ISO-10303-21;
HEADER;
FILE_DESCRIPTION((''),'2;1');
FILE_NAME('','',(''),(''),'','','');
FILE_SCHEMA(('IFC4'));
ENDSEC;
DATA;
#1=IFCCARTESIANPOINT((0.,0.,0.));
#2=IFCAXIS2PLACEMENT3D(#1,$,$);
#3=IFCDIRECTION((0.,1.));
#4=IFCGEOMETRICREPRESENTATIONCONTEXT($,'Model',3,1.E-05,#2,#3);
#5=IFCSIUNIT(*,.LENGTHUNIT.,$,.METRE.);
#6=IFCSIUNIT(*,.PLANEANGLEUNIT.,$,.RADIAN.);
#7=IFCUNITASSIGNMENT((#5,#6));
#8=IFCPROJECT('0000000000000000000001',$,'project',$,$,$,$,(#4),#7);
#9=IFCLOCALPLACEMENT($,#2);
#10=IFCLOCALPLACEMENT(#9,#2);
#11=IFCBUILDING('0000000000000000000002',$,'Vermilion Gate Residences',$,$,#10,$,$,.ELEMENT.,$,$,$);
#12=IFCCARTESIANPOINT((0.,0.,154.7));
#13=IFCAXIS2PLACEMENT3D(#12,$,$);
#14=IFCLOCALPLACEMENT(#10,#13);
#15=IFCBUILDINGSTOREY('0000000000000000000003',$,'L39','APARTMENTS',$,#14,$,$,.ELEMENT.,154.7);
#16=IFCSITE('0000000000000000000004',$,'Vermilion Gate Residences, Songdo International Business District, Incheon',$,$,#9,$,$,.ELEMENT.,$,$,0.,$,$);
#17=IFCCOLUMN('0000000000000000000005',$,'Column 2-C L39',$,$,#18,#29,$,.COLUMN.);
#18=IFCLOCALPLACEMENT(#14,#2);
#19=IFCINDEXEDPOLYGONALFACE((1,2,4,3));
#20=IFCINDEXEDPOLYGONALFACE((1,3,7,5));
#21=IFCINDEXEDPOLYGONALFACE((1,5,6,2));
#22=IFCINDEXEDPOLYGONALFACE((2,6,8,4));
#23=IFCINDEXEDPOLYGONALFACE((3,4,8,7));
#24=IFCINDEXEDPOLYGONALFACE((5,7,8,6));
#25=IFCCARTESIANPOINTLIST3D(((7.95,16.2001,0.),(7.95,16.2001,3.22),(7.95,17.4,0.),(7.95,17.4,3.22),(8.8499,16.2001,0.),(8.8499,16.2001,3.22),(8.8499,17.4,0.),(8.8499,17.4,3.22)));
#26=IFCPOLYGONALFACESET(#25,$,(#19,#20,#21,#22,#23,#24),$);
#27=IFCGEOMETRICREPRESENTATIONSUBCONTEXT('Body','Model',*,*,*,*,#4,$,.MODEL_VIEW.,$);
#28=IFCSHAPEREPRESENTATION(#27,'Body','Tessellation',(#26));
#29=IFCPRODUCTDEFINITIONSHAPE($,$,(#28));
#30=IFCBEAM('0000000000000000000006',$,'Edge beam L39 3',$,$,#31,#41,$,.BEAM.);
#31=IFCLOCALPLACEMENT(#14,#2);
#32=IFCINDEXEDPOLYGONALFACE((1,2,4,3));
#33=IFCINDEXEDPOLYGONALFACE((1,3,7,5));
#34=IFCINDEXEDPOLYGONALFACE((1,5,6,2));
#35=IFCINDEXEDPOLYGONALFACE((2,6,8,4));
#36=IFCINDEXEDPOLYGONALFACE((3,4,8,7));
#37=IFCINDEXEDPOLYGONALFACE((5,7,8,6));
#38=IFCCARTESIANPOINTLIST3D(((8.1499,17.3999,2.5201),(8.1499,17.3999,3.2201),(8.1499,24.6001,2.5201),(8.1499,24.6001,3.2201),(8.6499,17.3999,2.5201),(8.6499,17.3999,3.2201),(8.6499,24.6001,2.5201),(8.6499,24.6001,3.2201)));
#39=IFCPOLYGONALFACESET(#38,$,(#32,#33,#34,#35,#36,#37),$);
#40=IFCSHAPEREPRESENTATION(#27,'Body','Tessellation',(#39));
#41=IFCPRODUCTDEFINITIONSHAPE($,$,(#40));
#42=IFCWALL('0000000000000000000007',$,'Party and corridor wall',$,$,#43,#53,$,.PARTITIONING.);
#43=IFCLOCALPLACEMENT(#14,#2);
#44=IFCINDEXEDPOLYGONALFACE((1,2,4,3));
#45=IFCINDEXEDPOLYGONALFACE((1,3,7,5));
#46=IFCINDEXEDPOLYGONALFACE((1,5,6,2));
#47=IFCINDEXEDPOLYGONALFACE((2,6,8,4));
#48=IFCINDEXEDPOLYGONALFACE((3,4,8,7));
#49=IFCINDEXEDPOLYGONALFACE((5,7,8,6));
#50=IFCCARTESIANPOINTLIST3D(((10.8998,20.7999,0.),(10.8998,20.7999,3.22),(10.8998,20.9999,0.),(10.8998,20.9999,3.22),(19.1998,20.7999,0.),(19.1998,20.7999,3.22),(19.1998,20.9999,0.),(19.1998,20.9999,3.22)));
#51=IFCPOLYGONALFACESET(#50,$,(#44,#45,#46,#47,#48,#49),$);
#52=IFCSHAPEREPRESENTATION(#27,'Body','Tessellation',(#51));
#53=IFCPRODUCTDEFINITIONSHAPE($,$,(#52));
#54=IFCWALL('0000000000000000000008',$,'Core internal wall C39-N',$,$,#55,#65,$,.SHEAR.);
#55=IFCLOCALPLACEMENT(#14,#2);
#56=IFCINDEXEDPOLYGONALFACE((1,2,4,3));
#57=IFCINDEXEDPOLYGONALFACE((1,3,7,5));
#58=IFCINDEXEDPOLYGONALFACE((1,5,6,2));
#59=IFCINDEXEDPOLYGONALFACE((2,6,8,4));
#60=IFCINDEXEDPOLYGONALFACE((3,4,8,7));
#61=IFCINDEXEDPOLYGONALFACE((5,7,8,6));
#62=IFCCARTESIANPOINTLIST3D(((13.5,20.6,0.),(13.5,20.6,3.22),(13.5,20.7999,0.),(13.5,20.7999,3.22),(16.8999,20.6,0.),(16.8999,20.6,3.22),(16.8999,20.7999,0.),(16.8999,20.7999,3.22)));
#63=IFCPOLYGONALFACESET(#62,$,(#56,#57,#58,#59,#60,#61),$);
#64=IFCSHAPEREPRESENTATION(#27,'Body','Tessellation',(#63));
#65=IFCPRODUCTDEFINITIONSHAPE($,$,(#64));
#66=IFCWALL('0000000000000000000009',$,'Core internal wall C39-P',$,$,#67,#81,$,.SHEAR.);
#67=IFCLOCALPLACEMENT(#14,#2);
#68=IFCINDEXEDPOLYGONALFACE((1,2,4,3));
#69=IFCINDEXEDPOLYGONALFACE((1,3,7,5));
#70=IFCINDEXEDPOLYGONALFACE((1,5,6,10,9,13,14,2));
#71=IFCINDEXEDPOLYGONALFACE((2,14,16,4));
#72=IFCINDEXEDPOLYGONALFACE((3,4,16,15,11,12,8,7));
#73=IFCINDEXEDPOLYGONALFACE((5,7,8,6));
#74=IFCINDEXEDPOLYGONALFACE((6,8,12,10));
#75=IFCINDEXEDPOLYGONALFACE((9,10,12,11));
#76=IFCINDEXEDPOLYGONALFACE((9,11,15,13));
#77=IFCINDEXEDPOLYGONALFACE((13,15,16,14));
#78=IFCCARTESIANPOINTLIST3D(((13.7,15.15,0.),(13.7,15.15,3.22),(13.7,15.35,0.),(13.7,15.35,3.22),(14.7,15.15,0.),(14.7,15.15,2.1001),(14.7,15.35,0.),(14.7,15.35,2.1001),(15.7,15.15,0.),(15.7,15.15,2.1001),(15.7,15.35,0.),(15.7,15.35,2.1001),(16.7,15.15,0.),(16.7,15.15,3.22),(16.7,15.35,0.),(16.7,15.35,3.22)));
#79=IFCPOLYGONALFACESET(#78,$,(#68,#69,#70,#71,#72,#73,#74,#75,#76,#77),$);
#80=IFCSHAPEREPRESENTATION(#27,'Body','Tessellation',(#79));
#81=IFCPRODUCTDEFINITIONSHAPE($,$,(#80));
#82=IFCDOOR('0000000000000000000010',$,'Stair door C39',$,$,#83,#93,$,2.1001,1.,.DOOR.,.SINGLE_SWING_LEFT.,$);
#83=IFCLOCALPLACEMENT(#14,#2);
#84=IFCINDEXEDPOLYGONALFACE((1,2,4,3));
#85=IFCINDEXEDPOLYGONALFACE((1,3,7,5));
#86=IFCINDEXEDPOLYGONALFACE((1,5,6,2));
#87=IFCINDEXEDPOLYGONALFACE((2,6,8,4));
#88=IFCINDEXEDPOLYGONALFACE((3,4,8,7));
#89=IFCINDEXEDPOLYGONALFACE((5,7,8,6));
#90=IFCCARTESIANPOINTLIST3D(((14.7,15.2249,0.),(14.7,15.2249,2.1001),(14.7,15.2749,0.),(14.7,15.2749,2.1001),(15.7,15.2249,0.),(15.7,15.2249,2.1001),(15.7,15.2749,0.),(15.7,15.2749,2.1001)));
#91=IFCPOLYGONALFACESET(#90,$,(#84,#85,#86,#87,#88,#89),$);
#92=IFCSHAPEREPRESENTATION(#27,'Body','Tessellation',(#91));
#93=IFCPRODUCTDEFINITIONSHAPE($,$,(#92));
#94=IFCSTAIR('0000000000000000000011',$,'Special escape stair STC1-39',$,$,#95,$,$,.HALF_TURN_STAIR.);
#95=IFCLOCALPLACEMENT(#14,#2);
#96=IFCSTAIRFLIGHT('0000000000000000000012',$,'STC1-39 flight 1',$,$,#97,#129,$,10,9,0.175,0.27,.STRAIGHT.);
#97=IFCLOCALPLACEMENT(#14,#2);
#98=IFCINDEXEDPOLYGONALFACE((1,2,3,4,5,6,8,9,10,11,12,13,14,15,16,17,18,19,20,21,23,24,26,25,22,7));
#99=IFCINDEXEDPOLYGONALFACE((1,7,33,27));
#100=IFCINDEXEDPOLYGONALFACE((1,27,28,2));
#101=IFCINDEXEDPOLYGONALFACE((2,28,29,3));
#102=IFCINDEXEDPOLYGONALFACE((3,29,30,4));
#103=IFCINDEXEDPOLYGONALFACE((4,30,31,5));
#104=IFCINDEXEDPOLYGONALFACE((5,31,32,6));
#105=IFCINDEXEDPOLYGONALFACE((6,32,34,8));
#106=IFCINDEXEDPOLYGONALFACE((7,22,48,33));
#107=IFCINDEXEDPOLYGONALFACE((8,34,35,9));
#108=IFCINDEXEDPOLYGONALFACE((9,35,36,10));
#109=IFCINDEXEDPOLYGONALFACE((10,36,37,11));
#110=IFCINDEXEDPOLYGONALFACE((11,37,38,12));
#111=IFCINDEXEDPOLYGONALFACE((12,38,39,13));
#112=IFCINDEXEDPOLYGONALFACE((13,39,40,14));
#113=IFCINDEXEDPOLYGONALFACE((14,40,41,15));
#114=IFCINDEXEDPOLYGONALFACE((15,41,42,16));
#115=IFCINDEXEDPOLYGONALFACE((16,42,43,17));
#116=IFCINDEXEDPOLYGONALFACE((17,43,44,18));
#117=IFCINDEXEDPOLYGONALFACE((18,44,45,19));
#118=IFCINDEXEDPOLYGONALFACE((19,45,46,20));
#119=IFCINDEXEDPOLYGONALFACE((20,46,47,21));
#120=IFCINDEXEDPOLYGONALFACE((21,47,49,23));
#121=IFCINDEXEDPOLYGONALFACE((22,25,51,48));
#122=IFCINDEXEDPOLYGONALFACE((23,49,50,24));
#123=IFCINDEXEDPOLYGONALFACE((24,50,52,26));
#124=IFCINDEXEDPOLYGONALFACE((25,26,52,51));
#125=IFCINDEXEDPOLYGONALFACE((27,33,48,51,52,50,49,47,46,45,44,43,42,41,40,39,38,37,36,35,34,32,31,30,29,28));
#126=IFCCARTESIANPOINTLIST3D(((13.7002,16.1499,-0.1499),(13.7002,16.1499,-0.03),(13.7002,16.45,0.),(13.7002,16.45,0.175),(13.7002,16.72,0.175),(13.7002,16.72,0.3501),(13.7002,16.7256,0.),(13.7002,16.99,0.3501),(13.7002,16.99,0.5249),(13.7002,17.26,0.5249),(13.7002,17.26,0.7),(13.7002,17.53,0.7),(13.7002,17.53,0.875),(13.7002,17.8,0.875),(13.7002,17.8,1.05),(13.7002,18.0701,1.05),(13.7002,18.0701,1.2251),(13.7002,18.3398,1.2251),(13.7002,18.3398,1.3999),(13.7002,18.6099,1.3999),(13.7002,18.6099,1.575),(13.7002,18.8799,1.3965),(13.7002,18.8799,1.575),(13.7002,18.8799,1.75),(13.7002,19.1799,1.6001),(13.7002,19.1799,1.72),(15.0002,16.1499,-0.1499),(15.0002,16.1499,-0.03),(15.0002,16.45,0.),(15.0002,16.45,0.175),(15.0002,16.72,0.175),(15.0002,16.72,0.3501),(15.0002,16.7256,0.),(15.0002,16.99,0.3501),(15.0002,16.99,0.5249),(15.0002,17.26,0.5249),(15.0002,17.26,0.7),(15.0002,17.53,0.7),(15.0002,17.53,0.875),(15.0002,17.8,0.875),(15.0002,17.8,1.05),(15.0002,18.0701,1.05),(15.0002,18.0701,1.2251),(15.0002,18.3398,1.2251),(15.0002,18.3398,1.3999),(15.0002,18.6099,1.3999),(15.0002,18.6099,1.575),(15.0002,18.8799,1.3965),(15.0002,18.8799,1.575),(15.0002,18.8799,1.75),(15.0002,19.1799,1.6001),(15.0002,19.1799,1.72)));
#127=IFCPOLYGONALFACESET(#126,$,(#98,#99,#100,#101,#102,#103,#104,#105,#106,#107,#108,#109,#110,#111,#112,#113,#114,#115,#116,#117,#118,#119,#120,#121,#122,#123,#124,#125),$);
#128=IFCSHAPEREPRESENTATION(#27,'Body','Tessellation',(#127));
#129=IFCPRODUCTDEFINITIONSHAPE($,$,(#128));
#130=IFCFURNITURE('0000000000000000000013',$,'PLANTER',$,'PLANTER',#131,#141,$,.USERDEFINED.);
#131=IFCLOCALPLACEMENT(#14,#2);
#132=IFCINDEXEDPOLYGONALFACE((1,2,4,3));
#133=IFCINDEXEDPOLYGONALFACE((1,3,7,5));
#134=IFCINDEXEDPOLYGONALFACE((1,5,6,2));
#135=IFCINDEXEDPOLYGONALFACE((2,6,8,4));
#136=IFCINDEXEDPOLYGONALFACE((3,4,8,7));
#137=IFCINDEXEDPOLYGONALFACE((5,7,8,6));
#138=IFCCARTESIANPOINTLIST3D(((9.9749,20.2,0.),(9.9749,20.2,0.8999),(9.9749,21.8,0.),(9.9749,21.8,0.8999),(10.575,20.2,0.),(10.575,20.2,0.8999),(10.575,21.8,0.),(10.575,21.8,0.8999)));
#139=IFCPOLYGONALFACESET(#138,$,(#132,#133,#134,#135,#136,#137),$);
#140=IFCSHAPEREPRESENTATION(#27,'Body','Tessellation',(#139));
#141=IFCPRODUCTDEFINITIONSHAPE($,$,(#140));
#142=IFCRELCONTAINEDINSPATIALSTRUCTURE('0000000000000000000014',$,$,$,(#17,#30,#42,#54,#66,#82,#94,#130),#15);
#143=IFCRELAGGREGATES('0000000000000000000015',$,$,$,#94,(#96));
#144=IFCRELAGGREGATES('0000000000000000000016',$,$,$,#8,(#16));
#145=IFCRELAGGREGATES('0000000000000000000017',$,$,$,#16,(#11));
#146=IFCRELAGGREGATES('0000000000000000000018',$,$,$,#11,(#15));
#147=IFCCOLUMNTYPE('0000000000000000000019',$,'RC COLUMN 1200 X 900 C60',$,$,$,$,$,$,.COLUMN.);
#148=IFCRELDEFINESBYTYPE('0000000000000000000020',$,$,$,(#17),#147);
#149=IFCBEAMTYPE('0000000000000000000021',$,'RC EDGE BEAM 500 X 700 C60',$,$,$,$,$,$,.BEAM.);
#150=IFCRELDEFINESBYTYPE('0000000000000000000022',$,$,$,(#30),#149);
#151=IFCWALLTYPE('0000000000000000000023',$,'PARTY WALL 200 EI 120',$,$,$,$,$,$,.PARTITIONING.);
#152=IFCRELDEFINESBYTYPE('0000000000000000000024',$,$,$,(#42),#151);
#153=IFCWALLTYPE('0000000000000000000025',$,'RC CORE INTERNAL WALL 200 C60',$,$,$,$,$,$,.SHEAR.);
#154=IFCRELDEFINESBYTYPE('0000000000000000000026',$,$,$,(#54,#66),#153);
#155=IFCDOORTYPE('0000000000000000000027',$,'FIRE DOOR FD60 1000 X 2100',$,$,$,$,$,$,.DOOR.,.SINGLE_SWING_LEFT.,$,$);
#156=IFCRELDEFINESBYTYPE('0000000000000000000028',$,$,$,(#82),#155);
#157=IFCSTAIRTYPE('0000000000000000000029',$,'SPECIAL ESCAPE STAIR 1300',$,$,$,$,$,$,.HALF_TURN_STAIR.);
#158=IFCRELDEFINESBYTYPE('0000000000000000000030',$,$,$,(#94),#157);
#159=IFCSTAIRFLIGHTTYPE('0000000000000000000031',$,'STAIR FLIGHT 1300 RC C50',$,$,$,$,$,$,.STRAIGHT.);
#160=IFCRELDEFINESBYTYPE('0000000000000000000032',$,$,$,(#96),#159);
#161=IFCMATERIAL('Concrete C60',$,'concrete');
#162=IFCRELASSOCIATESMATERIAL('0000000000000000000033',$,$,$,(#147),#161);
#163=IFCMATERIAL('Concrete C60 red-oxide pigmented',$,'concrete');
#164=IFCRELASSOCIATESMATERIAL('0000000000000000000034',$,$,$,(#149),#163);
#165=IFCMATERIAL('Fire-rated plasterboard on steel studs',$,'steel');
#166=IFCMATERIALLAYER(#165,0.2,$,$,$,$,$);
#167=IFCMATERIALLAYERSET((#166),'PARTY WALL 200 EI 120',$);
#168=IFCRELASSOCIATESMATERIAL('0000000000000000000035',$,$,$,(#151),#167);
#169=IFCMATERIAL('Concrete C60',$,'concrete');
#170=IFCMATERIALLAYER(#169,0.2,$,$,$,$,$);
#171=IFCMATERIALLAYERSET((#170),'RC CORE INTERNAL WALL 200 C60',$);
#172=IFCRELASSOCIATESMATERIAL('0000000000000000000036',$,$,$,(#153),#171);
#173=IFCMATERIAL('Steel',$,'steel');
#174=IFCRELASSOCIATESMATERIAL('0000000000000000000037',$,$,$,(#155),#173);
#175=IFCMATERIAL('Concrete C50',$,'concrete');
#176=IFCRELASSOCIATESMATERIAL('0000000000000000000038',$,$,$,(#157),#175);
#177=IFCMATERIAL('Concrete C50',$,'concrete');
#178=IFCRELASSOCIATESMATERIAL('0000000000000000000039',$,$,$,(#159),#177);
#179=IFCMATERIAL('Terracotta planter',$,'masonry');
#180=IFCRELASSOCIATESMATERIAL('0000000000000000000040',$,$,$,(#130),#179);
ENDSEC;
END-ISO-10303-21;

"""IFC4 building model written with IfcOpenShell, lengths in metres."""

from ifc_helpers import new_model, si_unit, direction, frame, frame_2d, origin, origin_2d, place, context, subcontext, project, spatial, polyline, rectangle, outline, extrude, material, layer, layer_set, material_profile, profile_set, type_object, element, fill, aggregate, save


model = new_model("IFC4")

# Units and contexts
model_context = context("Model", 3, precision=1e-05, world=origin(), true_north=direction((0.0, 1.0)))
body_context = subcontext(model_context, "Body", "Model", "MODEL_VIEW")
ifc_project = project(units=[si_unit("LENGTHUNIT", "METRE"), si_unit("PLANEANGLEUNIT", "RADIAN")], contexts=[model_context])

# Site, building, storey
site_placement = place(None, origin())
site = spatial("IfcSite", under=ifc_project, at=site_placement, Name="Vermilion Gate Residences, Songdo International Business District, Incheon", CompositionType="ELEMENT", RefElevation=0.0)
building_placement = place(site_placement, origin())
building = spatial("IfcBuilding", under=site, at=building_placement, Name="Vermilion Gate Residences", CompositionType="ELEMENT")
storey_placement = place(building_placement, frame((0.0, 0.0, 154.7)))
storey = spatial("IfcBuildingStorey", under=building, at=storey_placement, Name="L39", Description="APARTMENTS", CompositionType="ELEMENT", Elevation=154.7)

# Column
ifc_material_1 = material(Name="Concrete C60", Category="concrete")
ifc_material_profile_1 = material_profile(ifc_material_1, rectangle(XDim=1.2, YDim=0.8999, at=origin_2d()), Name="RC-1200x900")
ifc_profile_set_1 = profile_set([ifc_material_profile_1], Name="Concrete C60")
column_type = type_object("IfcColumnType", Name="RC COLUMN 1200 X 900 C60", PredefinedType="COLUMN", material=ifc_profile_set_1)
column_placement = place(storey_placement, frame((8.3999, 16.8, 0.0), z_axis=(0.0, 0.0, 1.0), x_axis=(0.0, 1.0, 0.0)))
element("IfcColumn", 1, at=column_placement, inside=storey, type_object=column_type, Name="Column 2-C L39", PredefinedType="COLUMN", context=body_context, shape_type="SweptSolid", body=[
    extrude(rectangle(XDim=1.2, YDim=0.8999, at=origin_2d()), origin(), (0.0, 0.0, 1.0), 3.22),
])

# Beam
ifc_material_2 = material(Name="Concrete C60 red-oxide pigmented", Category="concrete")
ifc_material_profile_2 = material_profile(ifc_material_2, rectangle(XDim=0.5, YDim=0.7, at=origin_2d()), Name="RC-500x700")
ifc_profile_set_2 = profile_set([ifc_material_profile_2], Name="Concrete C60 red-oxide pigmented")
beam_type = type_object("IfcBeamType", Name="RC EDGE BEAM 500 X 700 C60", PredefinedType="BEAM", material=ifc_profile_set_2)
beam_placement = place(storey_placement, frame((8.3999, 17.3999, 2.8701), z_axis=(0.0, 1.0, 0.0), x_axis=(-1.0, 0.0, 0.0)))
element("IfcBeam", 2, at=beam_placement, inside=storey, type_object=beam_type, Name="Edge beam L39 3", PredefinedType="BEAM", context=body_context, shape_type="SweptSolid", body=[
    extrude(rectangle(XDim=0.5, YDim=0.7, at=origin_2d()), origin(), (0.0, 0.0, 1.0), 7.2002),
])

# Walls
ifc_material_3 = material(Name="Fire-rated plasterboard on steel studs", Category="steel")
ifc_layer_1 = layer(ifc_material_3, 0.2)
ifc_layer_set_1 = layer_set([ifc_layer_1], Name="PARTY WALL 200 EI 120")
wall_type_1 = type_object("IfcWallType", Name="PARTY WALL 200 EI 120", PredefinedType="PARTITIONING", material=ifc_layer_set_1)
wall_1_placement = place(storey_placement, frame((10.8999, 20.8999, 0.0), z_axis=(0.0, 0.0, 1.0), x_axis=(1.0, 0.0, 0.0)))
element("IfcWall", 3, at=wall_1_placement, inside=storey, type_object=wall_type_1, Name="Party and corridor wall", PredefinedType="PARTITIONING", context=body_context, shape_type="SweptSolid", body=[
    extrude(rectangle(XDim=8.3, YDim=0.2, at=frame_2d((4.1499, 0.0))), origin(), (0.0, 0.0, 1.0), 3.22),
])
ifc_material_4 = material(Name="Concrete C60", Category="concrete")
ifc_layer_2 = layer(ifc_material_4, 0.2)
ifc_layer_set_2 = layer_set([ifc_layer_2], Name="RC CORE INTERNAL WALL 200 C60")
wall_type_2 = type_object("IfcWallType", Name="RC CORE INTERNAL WALL 200 C60", PredefinedType="SHEAR", material=ifc_layer_set_2)
wall_2_placement = place(storey_placement, frame((13.5, 20.7, 0.0), z_axis=(0.0, 0.0, 1.0), x_axis=(1.0, 0.0, 0.0)))
element("IfcWall", 4, at=wall_2_placement, inside=storey, type_object=wall_type_2, Name="Core internal wall C39-N", PredefinedType="SHEAR", context=body_context, shape_type="SweptSolid", body=[
    extrude(rectangle(XDim=3.3999, YDim=0.2, at=frame_2d((1.7, 0.0))), origin(), (0.0, 0.0, 1.0), 3.22),
])

# Wall, opening, door
wall_3_placement = place(storey_placement, frame((13.7, 15.25, 0.0), z_axis=(0.0, 0.0, 1.0), x_axis=(1.0, 0.0, 0.0)))
wall_3 = element("IfcWall", 5, at=wall_3_placement, inside=storey, type_object=wall_type_2, Name="Core internal wall C39-P", PredefinedType="SHEAR", context=body_context, shape_type="SweptSolid", body=[
    extrude(rectangle(XDim=3.0, YDim=0.2, at=frame_2d((1.5, 0.0))), origin(), (0.0, 0.0, 1.0), 3.22),
])
opening_placement = place(wall_3_placement, frame((1.0, 0.0, 0.0)))
opening = element("IfcOpeningElement", 6, at=opening_placement, cuts=wall_3, PredefinedType="OPENING", context=body_context, shape_type="SweptSolid", body=[
    extrude(rectangle(XDim=1.0, YDim=2.1001, at=frame_2d((0.5, 1.05))), frame((0.0, 0.1099, 0.0), z_axis=(0.0, -1.0, 0.0), x_axis=(1.0, 0.0, 0.0)), (0.0, 0.0, 1.0), 0.22),
])
ifc_material_5 = material(Name="Steel", Category="steel")
door_type = type_object("IfcDoorType", Name="FIRE DOOR FD60 1000 X 2100", OperationType="SINGLE_SWING_LEFT", PredefinedType="DOOR", material=ifc_material_5)
door_placement = place(opening_placement, origin())
door = element("IfcDoor", 7, at=door_placement, inside=storey, type_object=door_type, Name="Stair door C39", OperationType="SINGLE_SWING_LEFT", OverallHeight=2.1001, OverallWidth=1.0, PredefinedType="DOOR", context=body_context, shape_type="SweptSolid", body=[
    extrude(rectangle(XDim=1.0, YDim=2.1001, at=frame_2d((0.5, 1.05))), frame((0.0, 0.0249, 0.0), z_axis=(0.0, -1.0, 0.0), x_axis=(1.0, 0.0, 0.0)), (0.0, 0.0, 1.0), 0.05),
])
fill(opening, door)

# Stair, stair flight
ifc_material_6 = material(Name="Concrete C50", Category="concrete")
stair_type = type_object("IfcStairType", Name="SPECIAL ESCAPE STAIR 1300", PredefinedType="HALF_TURN_STAIR", material=ifc_material_6)
stair_placement = place(storey_placement, origin())
stair = element("IfcStair", 8, at=stair_placement, inside=storey, type_object=stair_type, Name="Special escape stair STC1-39", PredefinedType="HALF_TURN_STAIR")
ifc_material_7 = material(Name="Concrete C50", Category="concrete")
stair_flight_type = type_object("IfcStairFlightType", Name="STAIR FLIGHT 1300 RC C50", PredefinedType="STRAIGHT", material=ifc_material_7)
stair_flight_placement = place(storey_placement, frame((14.3501, 16.45, 0.0), z_axis=(0.0, 0.0, 1.0), x_axis=(0.0, 1.0, 0.0)))
stair_flight = element("IfcStairFlight", 9, at=stair_flight_placement, type_object=stair_flight_type, Name="STC1-39 flight 1", NumberOfRisers=10, NumberOfTreads=9, PredefinedType="STRAIGHT", RiserHeight=0.175, TreadLength=0.27, context=body_context, shape_type="SweptSolid", body=[
    extrude(outline(polyline([(-0.3, -0.1499), (-0.3, -0.03), (0.0, 0.0), (0.0, 0.175), (0.27, 0.175), (0.27, 0.3501), (0.54, 0.3501), (0.54, 0.5249), (0.8101, 0.5249), (0.8101, 0.7), (1.0801, 0.7), (1.0801, 0.875), (1.3501, 0.875), (1.3501, 1.05), (1.6201, 1.05), (1.6201, 1.2251), (1.8899, 1.2251), (1.8899, 1.3999), (2.1599, 1.3999), (2.1599, 1.575), (2.4299, 1.575), (2.4299, 1.75), (2.73, 1.72), (2.73, 1.6001), (2.4299, 1.3965), (0.2756, 0.0), (-0.3, -0.1499)])), frame((0.0, 0.6499, 0.0), z_axis=(0.0, -1.0, 0.0), x_axis=(1.0, 0.0, 0.0)), (0.0, 0.0, 1.0), 1.3),
])
aggregate(stair, [stair_flight])

# Furniture
ifc_material_8 = material(Name="Terracotta planter", Category="masonry")
furniture_placement = place(storey_placement, frame((10.2749, 21.0, 0.0), z_axis=(0.0, 0.0, 1.0), x_axis=(0.0, -1.0, 0.0)))
element("IfcFurniture", 10, at=furniture_placement, inside=storey, material=ifc_material_8, Name="PLANTER", ObjectType="PLANTER", PredefinedType="USERDEFINED", context=body_context, shape_type="SweptSolid", body=[
    extrude(rectangle(XDim=1.6001, YDim=0.6001, at=origin_2d()), origin(), (0.0, 0.0, 1.0), 0.8999),
])

save(model, "model.ifc")
